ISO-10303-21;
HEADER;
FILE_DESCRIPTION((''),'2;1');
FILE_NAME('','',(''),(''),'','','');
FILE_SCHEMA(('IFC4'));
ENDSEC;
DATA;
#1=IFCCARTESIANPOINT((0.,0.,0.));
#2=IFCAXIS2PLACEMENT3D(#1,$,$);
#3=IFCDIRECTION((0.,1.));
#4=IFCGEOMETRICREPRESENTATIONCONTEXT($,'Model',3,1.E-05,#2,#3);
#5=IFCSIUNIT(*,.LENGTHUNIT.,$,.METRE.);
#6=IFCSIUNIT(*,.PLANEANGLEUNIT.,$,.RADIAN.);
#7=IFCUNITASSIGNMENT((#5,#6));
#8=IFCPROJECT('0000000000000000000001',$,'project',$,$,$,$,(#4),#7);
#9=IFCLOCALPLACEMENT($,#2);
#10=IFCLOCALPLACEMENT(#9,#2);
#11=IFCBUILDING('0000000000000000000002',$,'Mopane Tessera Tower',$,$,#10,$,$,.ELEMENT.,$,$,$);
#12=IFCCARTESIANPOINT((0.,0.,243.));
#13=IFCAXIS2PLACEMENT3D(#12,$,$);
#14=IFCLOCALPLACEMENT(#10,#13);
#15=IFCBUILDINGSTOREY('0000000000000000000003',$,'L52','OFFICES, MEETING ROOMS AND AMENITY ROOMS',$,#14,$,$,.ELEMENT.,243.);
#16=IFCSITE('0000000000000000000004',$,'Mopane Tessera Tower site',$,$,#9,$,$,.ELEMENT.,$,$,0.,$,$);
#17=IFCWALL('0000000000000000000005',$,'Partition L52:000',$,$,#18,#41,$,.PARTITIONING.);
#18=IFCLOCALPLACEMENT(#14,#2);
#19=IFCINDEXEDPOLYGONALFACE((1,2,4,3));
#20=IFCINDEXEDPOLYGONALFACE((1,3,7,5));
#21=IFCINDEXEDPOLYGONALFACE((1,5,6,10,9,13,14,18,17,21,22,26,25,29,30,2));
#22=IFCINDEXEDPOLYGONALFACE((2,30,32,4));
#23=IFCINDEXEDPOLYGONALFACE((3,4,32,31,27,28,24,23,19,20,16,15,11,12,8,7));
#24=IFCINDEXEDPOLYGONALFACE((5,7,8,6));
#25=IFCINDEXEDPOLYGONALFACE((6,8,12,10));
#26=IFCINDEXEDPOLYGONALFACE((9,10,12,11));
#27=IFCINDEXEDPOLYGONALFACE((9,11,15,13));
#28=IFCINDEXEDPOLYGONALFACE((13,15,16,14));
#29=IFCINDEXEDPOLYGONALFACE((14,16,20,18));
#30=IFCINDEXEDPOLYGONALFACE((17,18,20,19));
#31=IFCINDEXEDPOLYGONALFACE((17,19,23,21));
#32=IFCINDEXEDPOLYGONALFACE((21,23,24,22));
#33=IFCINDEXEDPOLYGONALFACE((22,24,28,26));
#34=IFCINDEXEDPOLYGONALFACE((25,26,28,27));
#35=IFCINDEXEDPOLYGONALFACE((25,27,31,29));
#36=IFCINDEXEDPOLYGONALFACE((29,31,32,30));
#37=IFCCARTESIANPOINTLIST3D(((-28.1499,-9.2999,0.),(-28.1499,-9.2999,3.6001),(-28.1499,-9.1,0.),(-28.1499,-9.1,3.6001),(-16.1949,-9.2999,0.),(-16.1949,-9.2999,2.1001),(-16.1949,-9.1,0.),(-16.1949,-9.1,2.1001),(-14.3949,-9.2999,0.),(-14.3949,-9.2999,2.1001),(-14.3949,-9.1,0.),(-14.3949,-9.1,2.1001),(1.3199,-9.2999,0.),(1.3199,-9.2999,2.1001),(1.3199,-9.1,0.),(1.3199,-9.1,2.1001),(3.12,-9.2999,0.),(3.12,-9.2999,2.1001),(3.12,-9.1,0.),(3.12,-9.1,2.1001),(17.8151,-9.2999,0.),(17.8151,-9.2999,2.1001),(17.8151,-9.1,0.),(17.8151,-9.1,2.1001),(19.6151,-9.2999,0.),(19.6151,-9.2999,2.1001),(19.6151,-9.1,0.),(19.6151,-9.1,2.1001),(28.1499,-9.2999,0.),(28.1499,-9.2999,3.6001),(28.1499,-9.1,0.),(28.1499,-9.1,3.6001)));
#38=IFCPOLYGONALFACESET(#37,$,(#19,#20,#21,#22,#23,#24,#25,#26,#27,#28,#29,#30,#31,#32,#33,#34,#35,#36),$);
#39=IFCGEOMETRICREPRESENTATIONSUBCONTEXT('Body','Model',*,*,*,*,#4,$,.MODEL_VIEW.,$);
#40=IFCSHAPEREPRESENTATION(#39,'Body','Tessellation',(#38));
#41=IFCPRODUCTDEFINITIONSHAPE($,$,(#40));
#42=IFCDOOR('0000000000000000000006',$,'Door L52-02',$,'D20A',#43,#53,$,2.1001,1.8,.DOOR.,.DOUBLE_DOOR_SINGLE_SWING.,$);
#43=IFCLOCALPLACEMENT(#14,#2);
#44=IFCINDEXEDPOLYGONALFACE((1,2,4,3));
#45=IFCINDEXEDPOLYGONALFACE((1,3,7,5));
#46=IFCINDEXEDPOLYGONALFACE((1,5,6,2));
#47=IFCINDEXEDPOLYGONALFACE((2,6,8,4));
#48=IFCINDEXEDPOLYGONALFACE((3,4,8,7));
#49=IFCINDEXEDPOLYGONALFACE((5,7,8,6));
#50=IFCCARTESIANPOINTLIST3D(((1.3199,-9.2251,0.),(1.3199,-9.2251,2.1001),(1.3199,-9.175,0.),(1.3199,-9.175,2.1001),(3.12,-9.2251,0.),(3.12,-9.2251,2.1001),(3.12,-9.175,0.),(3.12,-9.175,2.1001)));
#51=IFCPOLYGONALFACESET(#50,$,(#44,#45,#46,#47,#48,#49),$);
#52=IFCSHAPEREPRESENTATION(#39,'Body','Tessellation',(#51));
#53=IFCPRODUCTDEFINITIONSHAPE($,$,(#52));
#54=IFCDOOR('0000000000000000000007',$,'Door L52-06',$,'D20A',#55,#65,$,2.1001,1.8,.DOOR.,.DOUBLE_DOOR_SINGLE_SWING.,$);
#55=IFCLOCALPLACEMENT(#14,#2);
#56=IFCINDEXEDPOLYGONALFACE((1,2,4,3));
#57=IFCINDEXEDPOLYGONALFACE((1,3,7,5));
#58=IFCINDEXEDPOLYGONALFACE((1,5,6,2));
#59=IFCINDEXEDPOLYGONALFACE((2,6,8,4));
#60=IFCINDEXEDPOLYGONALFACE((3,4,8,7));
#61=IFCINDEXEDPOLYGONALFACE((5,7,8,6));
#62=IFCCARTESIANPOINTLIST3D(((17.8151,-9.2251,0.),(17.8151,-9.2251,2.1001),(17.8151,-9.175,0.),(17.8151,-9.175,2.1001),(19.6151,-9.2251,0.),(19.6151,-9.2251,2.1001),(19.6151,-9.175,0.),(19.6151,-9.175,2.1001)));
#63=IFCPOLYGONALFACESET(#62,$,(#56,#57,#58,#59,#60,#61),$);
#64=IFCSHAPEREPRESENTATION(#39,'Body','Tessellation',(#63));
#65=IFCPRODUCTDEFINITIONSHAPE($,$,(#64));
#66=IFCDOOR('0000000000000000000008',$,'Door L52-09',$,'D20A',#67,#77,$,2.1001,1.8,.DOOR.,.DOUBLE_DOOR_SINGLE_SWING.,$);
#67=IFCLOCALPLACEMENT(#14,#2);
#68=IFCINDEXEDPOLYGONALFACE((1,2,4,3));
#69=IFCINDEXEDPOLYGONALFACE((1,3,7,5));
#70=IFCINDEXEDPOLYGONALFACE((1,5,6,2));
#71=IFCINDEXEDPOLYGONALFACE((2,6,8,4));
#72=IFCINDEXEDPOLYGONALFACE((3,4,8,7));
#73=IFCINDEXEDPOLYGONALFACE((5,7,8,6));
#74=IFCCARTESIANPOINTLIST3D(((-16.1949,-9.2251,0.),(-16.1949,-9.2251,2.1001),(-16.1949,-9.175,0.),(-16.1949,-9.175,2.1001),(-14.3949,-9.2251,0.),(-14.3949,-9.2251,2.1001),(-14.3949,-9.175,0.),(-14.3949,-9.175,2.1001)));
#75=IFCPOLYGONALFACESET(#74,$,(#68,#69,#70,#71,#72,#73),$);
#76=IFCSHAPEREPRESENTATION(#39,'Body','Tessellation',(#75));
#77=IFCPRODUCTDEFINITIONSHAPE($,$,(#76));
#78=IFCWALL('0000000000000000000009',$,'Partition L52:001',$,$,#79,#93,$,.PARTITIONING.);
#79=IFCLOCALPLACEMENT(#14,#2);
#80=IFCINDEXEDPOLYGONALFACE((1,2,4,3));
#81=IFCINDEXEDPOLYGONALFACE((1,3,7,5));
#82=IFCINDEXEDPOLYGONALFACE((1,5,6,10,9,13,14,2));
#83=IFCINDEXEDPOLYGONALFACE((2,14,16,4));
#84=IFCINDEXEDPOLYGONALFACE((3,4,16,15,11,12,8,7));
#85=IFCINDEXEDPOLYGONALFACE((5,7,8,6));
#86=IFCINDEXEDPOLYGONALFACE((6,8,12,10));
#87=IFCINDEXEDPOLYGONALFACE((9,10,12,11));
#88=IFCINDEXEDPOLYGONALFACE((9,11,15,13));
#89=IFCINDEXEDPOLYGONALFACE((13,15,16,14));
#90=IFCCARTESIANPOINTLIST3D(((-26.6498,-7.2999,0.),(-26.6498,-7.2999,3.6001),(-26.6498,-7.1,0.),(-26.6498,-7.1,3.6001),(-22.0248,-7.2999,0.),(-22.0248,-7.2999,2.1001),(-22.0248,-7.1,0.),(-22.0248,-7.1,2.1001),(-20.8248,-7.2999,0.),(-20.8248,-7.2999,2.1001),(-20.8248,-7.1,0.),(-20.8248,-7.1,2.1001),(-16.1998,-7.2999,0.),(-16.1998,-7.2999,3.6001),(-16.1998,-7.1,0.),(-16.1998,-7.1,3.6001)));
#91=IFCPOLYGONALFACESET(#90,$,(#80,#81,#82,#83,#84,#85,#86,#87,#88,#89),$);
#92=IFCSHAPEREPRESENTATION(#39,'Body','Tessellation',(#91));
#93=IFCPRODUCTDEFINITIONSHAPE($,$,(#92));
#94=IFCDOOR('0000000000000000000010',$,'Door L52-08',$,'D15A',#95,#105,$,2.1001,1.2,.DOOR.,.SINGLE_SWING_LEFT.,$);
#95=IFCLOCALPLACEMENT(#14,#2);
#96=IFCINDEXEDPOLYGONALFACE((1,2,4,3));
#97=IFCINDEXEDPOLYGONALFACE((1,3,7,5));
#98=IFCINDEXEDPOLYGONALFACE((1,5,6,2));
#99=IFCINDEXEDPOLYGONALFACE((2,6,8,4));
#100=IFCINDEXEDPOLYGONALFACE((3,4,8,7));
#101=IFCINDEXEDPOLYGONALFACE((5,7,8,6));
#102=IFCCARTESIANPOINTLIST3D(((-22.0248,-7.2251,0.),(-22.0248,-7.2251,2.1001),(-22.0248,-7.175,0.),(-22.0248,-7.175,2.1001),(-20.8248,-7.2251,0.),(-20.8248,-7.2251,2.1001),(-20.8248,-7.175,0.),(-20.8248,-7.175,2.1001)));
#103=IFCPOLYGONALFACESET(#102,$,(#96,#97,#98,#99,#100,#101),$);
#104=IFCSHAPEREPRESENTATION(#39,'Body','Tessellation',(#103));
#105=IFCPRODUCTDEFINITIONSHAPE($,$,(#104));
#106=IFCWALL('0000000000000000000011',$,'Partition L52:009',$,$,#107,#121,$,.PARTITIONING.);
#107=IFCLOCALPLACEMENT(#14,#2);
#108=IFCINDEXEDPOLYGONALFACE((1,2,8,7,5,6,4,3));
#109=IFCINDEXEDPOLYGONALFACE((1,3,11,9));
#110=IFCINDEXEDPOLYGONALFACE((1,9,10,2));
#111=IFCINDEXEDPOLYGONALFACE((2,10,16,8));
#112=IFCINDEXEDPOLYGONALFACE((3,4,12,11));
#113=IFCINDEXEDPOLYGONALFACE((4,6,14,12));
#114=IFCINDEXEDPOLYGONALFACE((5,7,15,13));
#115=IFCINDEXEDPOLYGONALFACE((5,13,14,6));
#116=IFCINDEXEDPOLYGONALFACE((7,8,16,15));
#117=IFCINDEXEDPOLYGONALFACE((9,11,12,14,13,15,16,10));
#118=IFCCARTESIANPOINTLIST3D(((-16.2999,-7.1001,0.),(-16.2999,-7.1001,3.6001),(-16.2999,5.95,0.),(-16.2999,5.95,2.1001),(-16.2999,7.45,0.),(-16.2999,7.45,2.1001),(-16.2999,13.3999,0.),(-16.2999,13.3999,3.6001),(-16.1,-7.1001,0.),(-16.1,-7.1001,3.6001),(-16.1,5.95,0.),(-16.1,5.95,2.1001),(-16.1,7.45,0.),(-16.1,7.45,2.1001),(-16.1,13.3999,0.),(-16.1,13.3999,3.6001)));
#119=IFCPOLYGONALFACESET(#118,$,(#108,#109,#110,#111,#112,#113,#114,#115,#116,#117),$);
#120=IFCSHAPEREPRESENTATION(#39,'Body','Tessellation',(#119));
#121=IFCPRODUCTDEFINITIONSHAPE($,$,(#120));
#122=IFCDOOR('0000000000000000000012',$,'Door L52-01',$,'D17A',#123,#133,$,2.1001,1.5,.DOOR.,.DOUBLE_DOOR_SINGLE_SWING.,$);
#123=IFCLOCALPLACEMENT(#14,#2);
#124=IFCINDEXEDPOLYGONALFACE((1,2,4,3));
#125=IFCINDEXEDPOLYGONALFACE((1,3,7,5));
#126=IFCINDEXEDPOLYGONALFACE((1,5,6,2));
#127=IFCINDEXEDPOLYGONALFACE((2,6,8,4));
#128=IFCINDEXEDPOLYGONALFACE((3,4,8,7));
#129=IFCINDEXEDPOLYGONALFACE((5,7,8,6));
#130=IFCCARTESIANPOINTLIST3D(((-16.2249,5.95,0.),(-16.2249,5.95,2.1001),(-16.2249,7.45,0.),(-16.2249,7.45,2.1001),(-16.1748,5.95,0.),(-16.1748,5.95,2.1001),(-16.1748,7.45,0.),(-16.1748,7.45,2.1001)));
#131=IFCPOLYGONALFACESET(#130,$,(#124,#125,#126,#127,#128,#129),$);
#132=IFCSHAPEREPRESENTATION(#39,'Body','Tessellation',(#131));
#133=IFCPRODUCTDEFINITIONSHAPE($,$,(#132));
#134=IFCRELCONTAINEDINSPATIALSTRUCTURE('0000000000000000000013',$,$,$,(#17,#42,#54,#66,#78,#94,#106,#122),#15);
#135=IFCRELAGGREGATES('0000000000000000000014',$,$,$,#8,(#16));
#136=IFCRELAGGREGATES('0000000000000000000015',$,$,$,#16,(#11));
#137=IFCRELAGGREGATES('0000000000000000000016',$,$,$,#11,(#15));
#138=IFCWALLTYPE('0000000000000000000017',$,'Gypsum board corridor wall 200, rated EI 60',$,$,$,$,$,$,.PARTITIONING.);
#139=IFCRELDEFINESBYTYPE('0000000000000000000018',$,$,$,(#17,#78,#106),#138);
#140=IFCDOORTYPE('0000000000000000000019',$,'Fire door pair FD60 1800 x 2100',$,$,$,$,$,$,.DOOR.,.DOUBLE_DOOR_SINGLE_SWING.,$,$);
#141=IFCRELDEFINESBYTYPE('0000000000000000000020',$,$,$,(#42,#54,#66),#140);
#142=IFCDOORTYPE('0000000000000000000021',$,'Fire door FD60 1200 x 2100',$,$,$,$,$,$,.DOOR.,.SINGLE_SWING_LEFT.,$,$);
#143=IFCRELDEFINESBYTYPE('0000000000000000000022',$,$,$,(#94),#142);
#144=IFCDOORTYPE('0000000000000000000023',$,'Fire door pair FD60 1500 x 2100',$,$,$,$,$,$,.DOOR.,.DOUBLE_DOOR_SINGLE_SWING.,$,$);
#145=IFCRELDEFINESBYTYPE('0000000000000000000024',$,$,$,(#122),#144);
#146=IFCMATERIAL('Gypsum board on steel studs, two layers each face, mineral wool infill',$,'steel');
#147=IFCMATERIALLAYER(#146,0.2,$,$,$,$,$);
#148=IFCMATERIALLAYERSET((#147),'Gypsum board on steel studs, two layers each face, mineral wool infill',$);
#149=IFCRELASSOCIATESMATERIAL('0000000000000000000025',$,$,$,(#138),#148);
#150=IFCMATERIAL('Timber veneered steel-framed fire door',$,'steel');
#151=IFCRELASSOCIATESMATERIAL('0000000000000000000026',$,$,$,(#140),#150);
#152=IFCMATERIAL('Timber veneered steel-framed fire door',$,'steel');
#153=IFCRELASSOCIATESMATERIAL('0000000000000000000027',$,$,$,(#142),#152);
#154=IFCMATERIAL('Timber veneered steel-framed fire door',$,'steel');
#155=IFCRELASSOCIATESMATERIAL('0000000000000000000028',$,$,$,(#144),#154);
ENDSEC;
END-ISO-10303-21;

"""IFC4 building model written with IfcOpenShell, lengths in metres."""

from ifc_helpers import new_model, si_unit, direction, frame, frame_2d, origin, place, context, subcontext, project, spatial, rectangle, extrude, material, layer, layer_set, type_object, element, fill, save


model = new_model("IFC4")

# Units and contexts
model_context = context("Model", 3, precision=1e-05, world=origin(), true_north=direction((0.0, 1.0)))
body_context = subcontext(model_context, "Body", "Model", "MODEL_VIEW")
ifc_project = project(units=[si_unit("LENGTHUNIT", "METRE"), si_unit("PLANEANGLEUNIT", "RADIAN")], contexts=[model_context])

# Site, building, storey
site_placement = place(None, origin())
site = spatial("IfcSite", under=ifc_project, at=site_placement, Name="Mopane Tessera Tower site", CompositionType="ELEMENT", RefElevation=0.0)
building_placement = place(site_placement, origin())
building = spatial("IfcBuilding", under=site, at=building_placement, Name="Mopane Tessera Tower", CompositionType="ELEMENT")
storey_placement = place(building_placement, frame((0.0, 0.0, 243.0)))
storey = spatial("IfcBuildingStorey", under=building, at=storey_placement, Name="L52", Description="OFFICES, MEETING ROOMS AND AMENITY ROOMS", CompositionType="ELEMENT", Elevation=243.0)

# Wall, openings, doors
ifc_material_1 = material(Name="Gypsum board on steel studs, two layers each face, mineral wool infill", Category="steel")
ifc_layer_1 = layer(ifc_material_1, 0.2)
ifc_layer_set_1 = layer_set([ifc_layer_1], Name="Gypsum board on steel studs, two layers each face, mineral wool infill")
wall_type_1 = type_object("IfcWallType", Name="Gypsum board corridor wall 200, rated EI 60", PredefinedType="PARTITIONING", material=ifc_layer_set_1)
wall_1_placement = place(storey_placement, frame((-28.1499, -9.2, 0.0), z_axis=(0.0, 0.0, 1.0), x_axis=(1.0, 0.0, 0.0)))
wall_1 = element("IfcWall", 1, at=wall_1_placement, inside=storey, type_object=wall_type_1, Name="Partition L52:000", PredefinedType="PARTITIONING", context=body_context, shape_type="SweptSolid", body=[
    extrude(rectangle(XDim=56.2998, YDim=0.2, at=frame_2d((28.1499, 0.0))), origin(), (0.0, 0.0, 1.0), 3.6001),
])
opening_1_placement = place(wall_1_placement, frame((29.47, 0.0, 0.0)))
opening_1 = element("IfcOpeningElement", 2, at=opening_1_placement, cuts=wall_1, PredefinedType="OPENING", context=body_context, shape_type="SweptSolid", body=[
    extrude(rectangle(XDim=1.8, YDim=2.1001, at=frame_2d((0.8999, 1.05))), frame((0.0, 0.1121, 0.0), z_axis=(0.0, -1.0, 0.0), x_axis=(1.0, 0.0, 0.0)), (0.0, 0.0, 1.0), 0.2239),
])
opening_2_placement = place(wall_1_placement, frame((45.9651, 0.0, 0.0)))
opening_2 = element("IfcOpeningElement", 3, at=opening_2_placement, cuts=wall_1, PredefinedType="OPENING", context=body_context, shape_type="SweptSolid", body=[
    extrude(rectangle(XDim=1.8, YDim=2.1001, at=frame_2d((0.8999, 1.05))), frame((0.0, 0.1121, 0.0), z_axis=(0.0, -1.0, 0.0), x_axis=(1.0, 0.0, 0.0)), (0.0, 0.0, 1.0), 0.2239),
])
opening_3_placement = place(wall_1_placement, frame((11.9551, 0.0, 0.0)))
opening_3 = element("IfcOpeningElement", 4, at=opening_3_placement, cuts=wall_1, PredefinedType="OPENING", context=body_context, shape_type="SweptSolid", body=[
    extrude(rectangle(XDim=1.8, YDim=2.1001, at=frame_2d((0.8999, 1.05))), frame((0.0, 0.1121, 0.0), z_axis=(0.0, -1.0, 0.0), x_axis=(1.0, 0.0, 0.0)), (0.0, 0.0, 1.0), 0.2239),
])
ifc_material_2 = material(Name="Timber veneered steel-framed fire door", Category="steel")
door_type_1 = type_object("IfcDoorType", Name="Fire door pair FD60 1800 x 2100", OperationType="DOUBLE_DOOR_SINGLE_SWING", PredefinedType="DOOR", material=ifc_material_2)
door_1_placement = place(opening_1_placement, origin())
door_1 = element("IfcDoor", 5, at=door_1_placement, inside=storey, type_object=door_type_1, Name="Door L52-02", ObjectType="D20A", OperationType="DOUBLE_DOOR_SINGLE_SWING", OverallHeight=2.1001, OverallWidth=1.8, PredefinedType="DOOR", context=body_context, shape_type="SweptSolid", body=[
    extrude(rectangle(XDim=1.8, YDim=2.1001, at=frame_2d((0.8999, 1.05))), frame((0.0, 0.0249, 0.0), z_axis=(0.0, -1.0, 0.0), x_axis=(1.0, 0.0, 0.0)), (0.0, 0.0, 1.0), 0.05),
])
fill(opening_1, door_1)
door_2_placement = place(opening_2_placement, origin())
door_2 = element("IfcDoor", 6, at=door_2_placement, inside=storey, type_object=door_type_1, Name="Door L52-06", ObjectType="D20A", OperationType="DOUBLE_DOOR_SINGLE_SWING", OverallHeight=2.1001, OverallWidth=1.8, PredefinedType="DOOR", context=body_context, shape_type="SweptSolid", body=[
    extrude(rectangle(XDim=1.8, YDim=2.1001, at=frame_2d((0.8999, 1.05))), frame((0.0, 0.0249, 0.0), z_axis=(0.0, -1.0, 0.0), x_axis=(1.0, 0.0, 0.0)), (0.0, 0.0, 1.0), 0.05),
])
fill(opening_2, door_2)
door_3_placement = place(opening_3_placement, origin())
door_3 = element("IfcDoor", 7, at=door_3_placement, inside=storey, type_object=door_type_1, Name="Door L52-09", ObjectType="D20A", OperationType="DOUBLE_DOOR_SINGLE_SWING", OverallHeight=2.1001, OverallWidth=1.8, PredefinedType="DOOR", context=body_context, shape_type="SweptSolid", body=[
    extrude(rectangle(XDim=1.8, YDim=2.1001, at=frame_2d((0.8999, 1.05))), frame((0.0, 0.0249, 0.0), z_axis=(0.0, -1.0, 0.0), x_axis=(1.0, 0.0, 0.0)), (0.0, 0.0, 1.0), 0.05),
])
fill(opening_3, door_3)

# Walls, openings, doors
wall_2_placement = place(storey_placement, frame((-26.6499, -7.2, 0.0), z_axis=(0.0, 0.0, 1.0), x_axis=(1.0, 0.0, 0.0)))
wall_2 = element("IfcWall", 8, at=wall_2_placement, inside=storey, type_object=wall_type_1, Name="Partition L52:001", PredefinedType="PARTITIONING", context=body_context, shape_type="SweptSolid", body=[
    extrude(rectangle(XDim=10.45, YDim=0.2, at=frame_2d((5.2251, 0.0))), origin(), (0.0, 0.0, 1.0), 3.6001),
])
opening_4_placement = place(wall_2_placement, frame((4.625, 0.0, 0.0)))
opening_4 = element("IfcOpeningElement", 9, at=opening_4_placement, cuts=wall_2, PredefinedType="OPENING", context=body_context, shape_type="SweptSolid", body=[
    extrude(rectangle(XDim=1.2, YDim=2.1001, at=frame_2d((0.6001, 1.05))), frame((0.0, 0.1121, 0.0), z_axis=(0.0, -1.0, 0.0), x_axis=(1.0, 0.0, 0.0)), (0.0, 0.0, 1.0), 0.2239),
])
ifc_material_3 = material(Name="Timber veneered steel-framed fire door", Category="steel")
door_type_2 = type_object("IfcDoorType", Name="Fire door FD60 1200 x 2100", OperationType="SINGLE_SWING_LEFT", PredefinedType="DOOR", material=ifc_material_3)
door_4_placement = place(opening_4_placement, origin())
door_4 = element("IfcDoor", 10, at=door_4_placement, inside=storey, type_object=door_type_2, Name="Door L52-08", ObjectType="D15A", OperationType="SINGLE_SWING_LEFT", OverallHeight=2.1001, OverallWidth=1.2, PredefinedType="DOOR", context=body_context, shape_type="SweptSolid", body=[
    extrude(rectangle(XDim=1.2, YDim=2.1001, at=frame_2d((0.6001, 1.05))), frame((0.0, 0.0249, 0.0), z_axis=(0.0, -1.0, 0.0), x_axis=(1.0, 0.0, 0.0)), (0.0, 0.0, 1.0), 0.05),
])
fill(opening_4, door_4)
wall_3_placement = place(storey_placement, frame((-16.2, -7.1001, 0.0), z_axis=(0.0, 0.0, 1.0), x_axis=(0.0, 1.0, 0.0)))
wall_3 = element("IfcWall", 11, at=wall_3_placement, inside=storey, type_object=wall_type_1, Name="Partition L52:009", PredefinedType="PARTITIONING", context=body_context, shape_type="SweptSolid", body=[
    extrude(rectangle(XDim=20.5, YDim=0.2, at=frame_2d((10.25, 0.0))), origin(), (0.0, 0.0, 1.0), 3.6001),
])
opening_5_placement = place(wall_3_placement, frame((13.05, 0.0, 0.0)))
opening_5 = element("IfcOpeningElement", 12, at=opening_5_placement, cuts=wall_3, PredefinedType="OPENING", context=body_context, shape_type="SweptSolid", body=[
    extrude(rectangle(XDim=1.5, YDim=2.1001, at=frame_2d((0.75, 1.05))), frame((0.0, 0.1121, 0.0), z_axis=(0.0, -1.0, 0.0), x_axis=(1.0, 0.0, 0.0)), (0.0, 0.0, 1.0), 0.2239),
])
ifc_material_4 = material(Name="Timber veneered steel-framed fire door", Category="steel")
door_type_3 = type_object("IfcDoorType", Name="Fire door pair FD60 1500 x 2100", OperationType="DOUBLE_DOOR_SINGLE_SWING", PredefinedType="DOOR", material=ifc_material_4)
door_5_placement = place(opening_5_placement, origin())
door_5 = element("IfcDoor", 13, at=door_5_placement, inside=storey, type_object=door_type_3, Name="Door L52-01", ObjectType="D17A", OperationType="DOUBLE_DOOR_SINGLE_SWING", OverallHeight=2.1001, OverallWidth=1.5, PredefinedType="DOOR", context=body_context, shape_type="SweptSolid", body=[
    extrude(rectangle(XDim=1.5, YDim=2.1001, at=frame_2d((0.75, 1.05))), frame((0.0, 0.0249, 0.0), z_axis=(0.0, -1.0, 0.0), x_axis=(1.0, 0.0, 0.0)), (0.0, 0.0, 1.0), 0.05),
])
fill(opening_5, door_5)

save(model, "model.ifc")
